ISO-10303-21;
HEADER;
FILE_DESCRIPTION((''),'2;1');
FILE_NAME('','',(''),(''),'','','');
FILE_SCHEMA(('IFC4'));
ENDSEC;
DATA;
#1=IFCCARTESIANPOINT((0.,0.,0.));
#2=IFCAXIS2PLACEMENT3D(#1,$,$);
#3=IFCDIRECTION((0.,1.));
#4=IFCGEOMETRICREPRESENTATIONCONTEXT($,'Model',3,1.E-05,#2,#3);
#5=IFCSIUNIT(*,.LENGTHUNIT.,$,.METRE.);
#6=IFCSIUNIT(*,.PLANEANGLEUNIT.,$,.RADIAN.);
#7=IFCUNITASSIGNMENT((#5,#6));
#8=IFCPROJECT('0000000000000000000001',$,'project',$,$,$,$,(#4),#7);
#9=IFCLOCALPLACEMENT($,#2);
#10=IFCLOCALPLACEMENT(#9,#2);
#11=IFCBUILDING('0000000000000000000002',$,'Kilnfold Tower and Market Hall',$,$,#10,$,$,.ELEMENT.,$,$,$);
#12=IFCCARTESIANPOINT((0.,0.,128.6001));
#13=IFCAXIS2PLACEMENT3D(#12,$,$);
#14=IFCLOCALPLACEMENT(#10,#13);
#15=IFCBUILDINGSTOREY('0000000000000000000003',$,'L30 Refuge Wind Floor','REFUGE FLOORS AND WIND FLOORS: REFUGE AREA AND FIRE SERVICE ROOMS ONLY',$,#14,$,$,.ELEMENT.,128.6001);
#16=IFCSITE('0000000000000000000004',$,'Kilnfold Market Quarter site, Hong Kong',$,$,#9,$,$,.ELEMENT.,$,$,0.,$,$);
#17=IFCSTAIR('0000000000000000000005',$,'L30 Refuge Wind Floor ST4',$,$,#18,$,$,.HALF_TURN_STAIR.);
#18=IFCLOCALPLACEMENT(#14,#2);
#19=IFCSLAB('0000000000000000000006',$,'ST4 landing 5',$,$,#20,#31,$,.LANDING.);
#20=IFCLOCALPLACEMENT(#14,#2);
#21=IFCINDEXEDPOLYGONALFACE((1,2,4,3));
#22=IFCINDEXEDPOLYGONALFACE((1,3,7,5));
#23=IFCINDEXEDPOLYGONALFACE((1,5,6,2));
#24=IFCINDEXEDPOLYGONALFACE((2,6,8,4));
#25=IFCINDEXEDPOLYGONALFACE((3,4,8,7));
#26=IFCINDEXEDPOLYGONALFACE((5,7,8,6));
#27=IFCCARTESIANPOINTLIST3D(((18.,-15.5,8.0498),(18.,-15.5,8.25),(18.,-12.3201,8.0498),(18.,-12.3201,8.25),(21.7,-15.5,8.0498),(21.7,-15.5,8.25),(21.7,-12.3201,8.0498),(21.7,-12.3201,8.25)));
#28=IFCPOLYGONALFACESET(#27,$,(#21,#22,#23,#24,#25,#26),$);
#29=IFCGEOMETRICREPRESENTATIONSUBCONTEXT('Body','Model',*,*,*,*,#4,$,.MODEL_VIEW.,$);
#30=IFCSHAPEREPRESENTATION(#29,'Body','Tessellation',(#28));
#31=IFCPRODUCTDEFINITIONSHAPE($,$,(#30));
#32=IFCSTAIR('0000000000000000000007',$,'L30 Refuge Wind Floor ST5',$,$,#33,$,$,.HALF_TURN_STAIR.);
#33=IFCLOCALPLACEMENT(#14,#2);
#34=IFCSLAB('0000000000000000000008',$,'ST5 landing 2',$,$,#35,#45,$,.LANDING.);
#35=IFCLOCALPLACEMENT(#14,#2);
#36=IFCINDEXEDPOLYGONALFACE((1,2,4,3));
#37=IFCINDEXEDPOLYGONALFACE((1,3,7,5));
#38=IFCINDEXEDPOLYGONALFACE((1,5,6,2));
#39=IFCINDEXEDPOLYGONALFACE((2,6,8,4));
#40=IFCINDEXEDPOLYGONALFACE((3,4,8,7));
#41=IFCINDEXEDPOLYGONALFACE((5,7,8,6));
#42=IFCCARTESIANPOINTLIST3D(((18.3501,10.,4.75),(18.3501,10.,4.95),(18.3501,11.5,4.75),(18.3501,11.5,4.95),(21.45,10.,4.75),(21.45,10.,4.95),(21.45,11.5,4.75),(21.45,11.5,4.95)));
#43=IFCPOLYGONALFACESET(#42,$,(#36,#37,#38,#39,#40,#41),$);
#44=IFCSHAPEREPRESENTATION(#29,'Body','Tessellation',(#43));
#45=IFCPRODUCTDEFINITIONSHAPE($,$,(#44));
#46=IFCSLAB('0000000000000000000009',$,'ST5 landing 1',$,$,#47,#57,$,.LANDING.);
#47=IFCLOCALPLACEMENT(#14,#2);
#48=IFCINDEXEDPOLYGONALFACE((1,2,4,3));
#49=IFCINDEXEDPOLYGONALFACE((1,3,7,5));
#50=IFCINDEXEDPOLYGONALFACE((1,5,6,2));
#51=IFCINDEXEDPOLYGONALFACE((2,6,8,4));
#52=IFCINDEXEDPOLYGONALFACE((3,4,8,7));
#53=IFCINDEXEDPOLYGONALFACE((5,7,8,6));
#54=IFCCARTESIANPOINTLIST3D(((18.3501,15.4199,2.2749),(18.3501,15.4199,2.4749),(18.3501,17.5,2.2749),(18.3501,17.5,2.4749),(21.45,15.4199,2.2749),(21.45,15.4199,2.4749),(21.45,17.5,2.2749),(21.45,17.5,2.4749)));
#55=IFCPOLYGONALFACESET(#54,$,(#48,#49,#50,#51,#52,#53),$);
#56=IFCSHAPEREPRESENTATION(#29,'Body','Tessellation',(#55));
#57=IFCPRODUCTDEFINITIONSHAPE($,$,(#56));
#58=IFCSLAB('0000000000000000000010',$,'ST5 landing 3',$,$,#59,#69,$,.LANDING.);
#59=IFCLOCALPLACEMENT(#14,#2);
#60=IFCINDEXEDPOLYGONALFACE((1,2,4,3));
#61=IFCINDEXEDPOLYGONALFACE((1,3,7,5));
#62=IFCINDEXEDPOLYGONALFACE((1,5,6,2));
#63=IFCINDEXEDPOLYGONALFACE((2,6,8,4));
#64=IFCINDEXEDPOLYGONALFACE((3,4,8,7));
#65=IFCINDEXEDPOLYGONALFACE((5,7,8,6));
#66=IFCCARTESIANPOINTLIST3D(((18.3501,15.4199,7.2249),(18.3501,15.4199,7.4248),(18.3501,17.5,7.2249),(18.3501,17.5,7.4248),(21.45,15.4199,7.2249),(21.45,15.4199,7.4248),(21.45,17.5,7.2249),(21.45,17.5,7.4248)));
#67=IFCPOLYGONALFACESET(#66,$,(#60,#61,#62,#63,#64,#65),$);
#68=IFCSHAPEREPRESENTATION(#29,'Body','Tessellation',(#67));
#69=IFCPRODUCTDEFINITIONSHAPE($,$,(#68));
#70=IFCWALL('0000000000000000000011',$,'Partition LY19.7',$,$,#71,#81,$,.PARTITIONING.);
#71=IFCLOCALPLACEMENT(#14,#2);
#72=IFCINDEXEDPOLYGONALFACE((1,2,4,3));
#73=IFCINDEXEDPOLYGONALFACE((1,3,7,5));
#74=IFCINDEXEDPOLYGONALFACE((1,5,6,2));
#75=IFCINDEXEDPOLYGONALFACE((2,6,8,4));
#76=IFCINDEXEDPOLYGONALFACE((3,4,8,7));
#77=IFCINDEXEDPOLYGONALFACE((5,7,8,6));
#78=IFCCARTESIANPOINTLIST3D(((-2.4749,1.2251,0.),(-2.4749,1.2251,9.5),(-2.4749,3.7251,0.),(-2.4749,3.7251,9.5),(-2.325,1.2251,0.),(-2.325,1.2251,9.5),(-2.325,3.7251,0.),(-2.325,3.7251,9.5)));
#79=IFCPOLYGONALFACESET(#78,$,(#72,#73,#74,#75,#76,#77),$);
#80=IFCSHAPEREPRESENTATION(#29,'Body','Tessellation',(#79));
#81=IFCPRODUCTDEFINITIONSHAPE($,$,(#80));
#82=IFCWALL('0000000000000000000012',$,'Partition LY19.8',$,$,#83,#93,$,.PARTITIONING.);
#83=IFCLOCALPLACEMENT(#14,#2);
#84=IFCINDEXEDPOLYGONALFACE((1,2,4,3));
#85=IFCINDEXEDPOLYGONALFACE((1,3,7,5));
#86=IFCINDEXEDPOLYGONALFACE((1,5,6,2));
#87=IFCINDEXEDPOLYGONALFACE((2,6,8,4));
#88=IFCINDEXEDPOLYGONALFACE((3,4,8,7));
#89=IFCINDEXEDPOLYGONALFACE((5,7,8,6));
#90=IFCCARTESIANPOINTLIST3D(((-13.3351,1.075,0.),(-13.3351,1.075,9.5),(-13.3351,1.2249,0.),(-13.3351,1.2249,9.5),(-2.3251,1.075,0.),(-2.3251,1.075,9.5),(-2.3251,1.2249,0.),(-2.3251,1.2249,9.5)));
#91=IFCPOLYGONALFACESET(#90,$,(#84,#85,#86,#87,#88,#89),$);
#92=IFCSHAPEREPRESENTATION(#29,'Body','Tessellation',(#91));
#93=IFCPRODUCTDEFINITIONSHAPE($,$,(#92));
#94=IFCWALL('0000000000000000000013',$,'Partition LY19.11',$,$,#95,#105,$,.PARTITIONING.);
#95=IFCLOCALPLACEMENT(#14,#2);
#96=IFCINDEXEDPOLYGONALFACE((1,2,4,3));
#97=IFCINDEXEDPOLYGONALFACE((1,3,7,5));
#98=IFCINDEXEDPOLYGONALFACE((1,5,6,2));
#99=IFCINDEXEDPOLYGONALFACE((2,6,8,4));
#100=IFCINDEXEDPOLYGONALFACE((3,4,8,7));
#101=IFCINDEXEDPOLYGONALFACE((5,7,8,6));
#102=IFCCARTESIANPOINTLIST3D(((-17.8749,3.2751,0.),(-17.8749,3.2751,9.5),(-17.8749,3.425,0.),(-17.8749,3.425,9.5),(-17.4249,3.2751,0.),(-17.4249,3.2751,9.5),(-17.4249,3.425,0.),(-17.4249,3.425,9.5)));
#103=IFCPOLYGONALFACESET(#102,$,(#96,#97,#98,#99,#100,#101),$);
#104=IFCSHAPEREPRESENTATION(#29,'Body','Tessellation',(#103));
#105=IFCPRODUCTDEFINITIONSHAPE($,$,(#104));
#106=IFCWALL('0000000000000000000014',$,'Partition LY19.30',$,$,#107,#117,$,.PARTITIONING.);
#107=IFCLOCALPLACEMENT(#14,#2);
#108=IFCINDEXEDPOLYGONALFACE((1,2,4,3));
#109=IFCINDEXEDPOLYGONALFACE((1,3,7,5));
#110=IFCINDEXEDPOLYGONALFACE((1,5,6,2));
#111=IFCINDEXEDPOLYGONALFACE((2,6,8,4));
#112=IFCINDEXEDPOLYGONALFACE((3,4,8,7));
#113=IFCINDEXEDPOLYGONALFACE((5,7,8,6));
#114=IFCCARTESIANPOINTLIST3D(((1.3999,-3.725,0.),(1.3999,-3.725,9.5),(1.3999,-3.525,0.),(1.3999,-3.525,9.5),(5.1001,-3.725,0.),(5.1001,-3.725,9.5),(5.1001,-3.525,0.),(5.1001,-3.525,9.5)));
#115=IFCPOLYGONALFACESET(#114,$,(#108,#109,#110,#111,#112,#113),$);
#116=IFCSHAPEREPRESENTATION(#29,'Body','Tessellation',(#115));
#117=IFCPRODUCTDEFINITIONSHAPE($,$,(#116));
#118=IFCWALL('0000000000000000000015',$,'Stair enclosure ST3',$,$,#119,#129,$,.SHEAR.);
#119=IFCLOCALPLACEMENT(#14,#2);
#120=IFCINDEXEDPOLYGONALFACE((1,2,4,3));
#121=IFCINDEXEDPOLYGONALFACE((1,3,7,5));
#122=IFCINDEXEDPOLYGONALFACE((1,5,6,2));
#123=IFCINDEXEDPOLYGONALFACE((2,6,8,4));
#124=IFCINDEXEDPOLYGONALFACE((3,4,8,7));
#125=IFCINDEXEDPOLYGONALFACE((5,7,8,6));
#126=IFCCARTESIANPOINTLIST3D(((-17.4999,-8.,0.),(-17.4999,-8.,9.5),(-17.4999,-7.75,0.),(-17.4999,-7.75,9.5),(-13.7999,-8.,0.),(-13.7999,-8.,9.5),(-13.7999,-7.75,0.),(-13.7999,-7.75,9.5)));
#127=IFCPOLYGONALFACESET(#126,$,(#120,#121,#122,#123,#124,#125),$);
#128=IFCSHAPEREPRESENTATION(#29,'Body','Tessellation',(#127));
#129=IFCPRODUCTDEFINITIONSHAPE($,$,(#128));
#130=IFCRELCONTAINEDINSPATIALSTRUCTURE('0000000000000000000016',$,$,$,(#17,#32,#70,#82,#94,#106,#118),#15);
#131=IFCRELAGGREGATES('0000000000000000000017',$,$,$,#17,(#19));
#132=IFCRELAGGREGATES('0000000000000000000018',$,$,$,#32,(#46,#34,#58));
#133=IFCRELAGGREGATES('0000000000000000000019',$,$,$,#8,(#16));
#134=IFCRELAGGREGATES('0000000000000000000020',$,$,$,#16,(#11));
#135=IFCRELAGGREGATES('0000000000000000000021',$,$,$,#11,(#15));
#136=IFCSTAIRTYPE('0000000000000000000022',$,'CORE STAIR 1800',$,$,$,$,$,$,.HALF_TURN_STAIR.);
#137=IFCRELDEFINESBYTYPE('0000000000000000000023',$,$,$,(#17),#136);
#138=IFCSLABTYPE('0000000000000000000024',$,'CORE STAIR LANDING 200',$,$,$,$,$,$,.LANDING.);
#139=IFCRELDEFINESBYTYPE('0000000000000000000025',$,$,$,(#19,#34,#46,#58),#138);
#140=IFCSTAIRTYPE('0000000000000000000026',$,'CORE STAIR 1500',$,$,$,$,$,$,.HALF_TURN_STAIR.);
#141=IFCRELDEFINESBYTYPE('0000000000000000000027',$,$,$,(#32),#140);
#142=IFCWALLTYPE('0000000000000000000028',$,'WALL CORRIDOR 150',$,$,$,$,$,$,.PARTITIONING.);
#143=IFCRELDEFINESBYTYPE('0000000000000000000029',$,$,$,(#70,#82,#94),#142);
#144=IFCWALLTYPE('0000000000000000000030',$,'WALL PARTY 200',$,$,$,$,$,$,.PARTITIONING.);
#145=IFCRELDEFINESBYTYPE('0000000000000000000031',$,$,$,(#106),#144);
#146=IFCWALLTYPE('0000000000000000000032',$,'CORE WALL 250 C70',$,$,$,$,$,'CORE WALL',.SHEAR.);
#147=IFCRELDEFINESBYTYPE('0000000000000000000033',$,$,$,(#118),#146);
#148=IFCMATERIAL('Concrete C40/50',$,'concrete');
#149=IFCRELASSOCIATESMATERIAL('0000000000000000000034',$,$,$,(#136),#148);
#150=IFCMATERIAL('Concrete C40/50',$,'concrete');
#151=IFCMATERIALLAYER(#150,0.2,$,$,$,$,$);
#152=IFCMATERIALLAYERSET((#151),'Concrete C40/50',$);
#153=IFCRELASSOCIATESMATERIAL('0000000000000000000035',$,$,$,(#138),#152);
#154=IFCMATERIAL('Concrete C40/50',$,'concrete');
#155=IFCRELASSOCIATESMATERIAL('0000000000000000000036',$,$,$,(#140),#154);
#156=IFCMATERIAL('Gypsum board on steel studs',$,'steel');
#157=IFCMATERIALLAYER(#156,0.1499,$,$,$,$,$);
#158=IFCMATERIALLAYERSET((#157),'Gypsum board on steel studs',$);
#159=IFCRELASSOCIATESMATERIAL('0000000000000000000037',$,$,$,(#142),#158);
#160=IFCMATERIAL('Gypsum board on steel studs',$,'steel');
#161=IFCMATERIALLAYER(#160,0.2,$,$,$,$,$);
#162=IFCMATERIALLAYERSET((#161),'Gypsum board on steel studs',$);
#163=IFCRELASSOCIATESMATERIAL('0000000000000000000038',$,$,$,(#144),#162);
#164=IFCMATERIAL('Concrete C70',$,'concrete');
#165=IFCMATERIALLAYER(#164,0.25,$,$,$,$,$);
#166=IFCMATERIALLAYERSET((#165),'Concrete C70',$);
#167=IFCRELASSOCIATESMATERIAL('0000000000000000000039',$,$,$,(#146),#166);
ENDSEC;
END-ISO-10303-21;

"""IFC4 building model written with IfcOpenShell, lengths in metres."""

from ifc_helpers import new_model, si_unit, direction, frame, frame_2d, origin, place, context, subcontext, project, spatial, polyline, rectangle, outline, extrude, source, transform, mapped, material, layer, layer_set, type_object, element, aggregate, save


model = new_model("IFC4")

# Units and contexts
model_context = context("Model", 3, precision=1e-05, world=origin(), true_north=direction((0.0, 1.0)))
body_context = subcontext(model_context, "Body", "Model", "MODEL_VIEW")
ifc_project = project(units=[si_unit("LENGTHUNIT", "METRE"), si_unit("PLANEANGLEUNIT", "RADIAN")], contexts=[model_context])

# Site, building, storey
site_placement = place(None, origin())
site = spatial("IfcSite", under=ifc_project, at=site_placement, Name="Kilnfold Market Quarter site, Hong Kong", CompositionType="ELEMENT", RefElevation=0.0)
building_placement = place(site_placement, origin())
building = spatial("IfcBuilding", under=site, at=building_placement, Name="Kilnfold Tower and Market Hall", CompositionType="ELEMENT")
storey_placement = place(building_placement, frame((0.0, 0.0, 128.6001)))
storey = spatial("IfcBuildingStorey", under=building, at=storey_placement, Name="L30 Refuge Wind Floor", Description="REFUGE FLOORS AND WIND FLOORS: REFUGE AREA AND FIRE SERVICE ROOMS ONLY", CompositionType="ELEMENT", Elevation=128.6001)

# Stairs, slabs
ifc_material_1 = material(Name="Concrete C40/50", Category="concrete")
stair_type_1 = type_object("IfcStairType", Name="CORE STAIR 1800", PredefinedType="HALF_TURN_STAIR", material=ifc_material_1)
ifc_material_2 = material(Name="Concrete C40/50", Category="concrete")
ifc_layer_1 = layer(ifc_material_2, 0.2)
ifc_layer_set_1 = layer_set([ifc_layer_1], Name="Concrete C40/50")
slab_type_1 = type_object("IfcSlabType", Name="CORE STAIR LANDING 200", PredefinedType="LANDING", material=ifc_layer_set_1)
stair_1_placement = place(storey_placement, origin())
stair_1 = element("IfcStair", 1, at=stair_1_placement, inside=storey, type_object=stair_type_1, Name="L30 Refuge Wind Floor ST4", PredefinedType="HALF_TURN_STAIR")
shared_shape_1 = source(origin(), body_context, "Body", "SweptSolid", [
    extrude(outline(polyline([(18.0, -12.3201), (18.0, -15.5), (21.7, -15.5), (21.7, -12.3201), (18.0, -12.3201)])), origin(), (0.0, 0.0, 1.0), 0.2002),
])
slab_1_placement = place(storey_placement, frame((0.0, 0.0, 8.0498)))
slab_1 = element("IfcSlab", 2, at=slab_1_placement, type_object=slab_type_1, Name="ST4 landing 5", PredefinedType="LANDING", context=body_context, shape_type="MappedRepresentation", body=[
    mapped(shared_shape_1, transform((0.0, 0.0, 0.0))),
])
aggregate(stair_1, [slab_1])
ifc_material_3 = material(Name="Concrete C40/50", Category="concrete")
stair_type_2 = type_object("IfcStairType", Name="CORE STAIR 1500", PredefinedType="HALF_TURN_STAIR", material=ifc_material_3)
stair_2_placement = place(storey_placement, origin())
stair_2 = element("IfcStair", 3, at=stair_2_placement, inside=storey, type_object=stair_type_2, Name="L30 Refuge Wind Floor ST5", PredefinedType="HALF_TURN_STAIR")
shared_shape_2 = source(origin(), body_context, "Body", "SweptSolid", [
    extrude(outline(polyline([(21.45, 10.0), (21.45, 11.5), (18.3501, 11.5), (18.3501, 10.0), (21.45, 10.0)])), origin(), (0.0, 0.0, 1.0), 0.2),
])
slab_2_placement = place(storey_placement, frame((0.0, 0.0, 4.75)))
slab_2 = element("IfcSlab", 4, at=slab_2_placement, type_object=slab_type_1, Name="ST5 landing 2", PredefinedType="LANDING", context=body_context, shape_type="MappedRepresentation", body=[
    mapped(shared_shape_2, transform((0.0, 0.0, 0.0))),
])
shared_shape_3 = source(origin(), body_context, "Body", "SweptSolid", [
    extrude(outline(polyline([(21.45, 15.4199), (21.45, 17.5), (18.3501, 17.5), (18.3501, 15.4199), (21.45, 15.4199)])), origin(), (0.0, 0.0, 1.0), 0.2),
])
slab_3_placement = place(storey_placement, frame((0.0, 0.0, 2.2749)))
slab_3 = element("IfcSlab", 5, at=slab_3_placement, type_object=slab_type_1, Name="ST5 landing 1", PredefinedType="LANDING", context=body_context, shape_type="MappedRepresentation", body=[
    mapped(shared_shape_3, transform((0.0, 0.0, 0.0))),
])
slab_4_placement = place(storey_placement, frame((0.0, 0.0, 7.2249)))
slab_4 = element("IfcSlab", 6, at=slab_4_placement, type_object=slab_type_1, Name="ST5 landing 3", PredefinedType="LANDING", context=body_context, shape_type="MappedRepresentation", body=[
    mapped(shared_shape_3, transform((0.0, 0.0, 0.0))),
])
aggregate(stair_2, [slab_3, slab_2, slab_4])

# Walls
ifc_material_4 = material(Name="Gypsum board on steel studs", Category="steel")
ifc_layer_2 = layer(ifc_material_4, 0.1499)
ifc_layer_set_2 = layer_set([ifc_layer_2], Name="Gypsum board on steel studs")
wall_type_1 = type_object("IfcWallType", Name="WALL CORRIDOR 150", PredefinedType="PARTITIONING", material=ifc_layer_set_2)
wall_1_placement = place(storey_placement, frame((-2.3999, 1.2251, 0.0), z_axis=(0.0, 0.0, 1.0), x_axis=(0.0, 1.0, 0.0)))
element("IfcWall", 7, at=wall_1_placement, inside=storey, type_object=wall_type_1, Name="Partition LY19.7", PredefinedType="PARTITIONING", context=body_context, shape_type="SweptSolid", body=[
    extrude(rectangle(XDim=2.5, YDim=0.1499, at=frame_2d((1.25, 0.0))), origin(), (0.0, 0.0, 1.0), 9.5),
])
wall_2_placement = place(storey_placement, frame((-13.335, 1.1499, 0.0), z_axis=(0.0, 0.0, 1.0), x_axis=(1.0, 0.0, 0.0)))
element("IfcWall", 8, at=wall_2_placement, inside=storey, type_object=wall_type_1, Name="Partition LY19.8", PredefinedType="PARTITIONING", context=body_context, shape_type="SweptSolid", body=[
    extrude(rectangle(XDim=11.01, YDim=0.1499, at=frame_2d((5.5049, 0.0))), origin(), (0.0, 0.0, 1.0), 9.5),
])
wall_3_placement = place(storey_placement, frame((-17.875, 3.3501, 0.0), z_axis=(0.0, 0.0, 1.0), x_axis=(1.0, 0.0, 0.0)))
element("IfcWall", 9, at=wall_3_placement, inside=storey, type_object=wall_type_1, Name="Partition LY19.11", PredefinedType="PARTITIONING", context=body_context, shape_type="SweptSolid", body=[
    extrude(rectangle(XDim=0.45, YDim=0.1499, at=frame_2d((0.2251, 0.0))), origin(), (0.0, 0.0, 1.0), 9.5),
])
ifc_material_5 = material(Name="Gypsum board on steel studs", Category="steel")
ifc_layer_3 = layer(ifc_material_5, 0.2)
ifc_layer_set_3 = layer_set([ifc_layer_3], Name="Gypsum board on steel studs")
wall_type_2 = type_object("IfcWallType", Name="WALL PARTY 200", PredefinedType="PARTITIONING", material=ifc_layer_set_3)
wall_4_placement = place(storey_placement, frame((1.3999, -3.625, 0.0), z_axis=(0.0, 0.0, 1.0), x_axis=(1.0, 0.0, 0.0)))
element("IfcWall", 10, at=wall_4_placement, inside=storey, type_object=wall_type_2, Name="Partition LY19.30", PredefinedType="PARTITIONING", context=body_context, shape_type="SweptSolid", body=[
    extrude(rectangle(XDim=3.7002, YDim=0.2, at=frame_2d((1.8501, 0.0))), origin(), (0.0, 0.0, 1.0), 9.5),
])
ifc_material_6 = material(Name="Concrete C70", Category="concrete")
ifc_layer_4 = layer(ifc_material_6, 0.25)
ifc_layer_set_4 = layer_set([ifc_layer_4], Name="Concrete C70")
wall_type_3 = type_object("IfcWallType", Name="CORE WALL 250 C70", ElementType="CORE WALL", PredefinedType="SHEAR", material=ifc_layer_set_4)
shared_shape_4 = source(origin(), body_context, "Body", "SweptSolid", [
    extrude(rectangle(XDim=3.7, YDim=0.25, at=frame_2d((1.8501, 0.0))), origin(), (0.0, 0.0, 1.0), 9.5),
])
wall_5_placement = place(storey_placement, frame((-17.5, -7.875, 0.0), z_axis=(0.0, 0.0, 1.0), x_axis=(1.0, 0.0, 0.0)))
element("IfcWall", 11, at=wall_5_placement, inside=storey, type_object=wall_type_3, Name="Stair enclosure ST3", PredefinedType="SHEAR", context=body_context, shape_type="MappedRepresentation", body=[
    mapped(shared_shape_4, transform((0.0, 0.0, 0.0))),
])

save(model, "model.ifc")
